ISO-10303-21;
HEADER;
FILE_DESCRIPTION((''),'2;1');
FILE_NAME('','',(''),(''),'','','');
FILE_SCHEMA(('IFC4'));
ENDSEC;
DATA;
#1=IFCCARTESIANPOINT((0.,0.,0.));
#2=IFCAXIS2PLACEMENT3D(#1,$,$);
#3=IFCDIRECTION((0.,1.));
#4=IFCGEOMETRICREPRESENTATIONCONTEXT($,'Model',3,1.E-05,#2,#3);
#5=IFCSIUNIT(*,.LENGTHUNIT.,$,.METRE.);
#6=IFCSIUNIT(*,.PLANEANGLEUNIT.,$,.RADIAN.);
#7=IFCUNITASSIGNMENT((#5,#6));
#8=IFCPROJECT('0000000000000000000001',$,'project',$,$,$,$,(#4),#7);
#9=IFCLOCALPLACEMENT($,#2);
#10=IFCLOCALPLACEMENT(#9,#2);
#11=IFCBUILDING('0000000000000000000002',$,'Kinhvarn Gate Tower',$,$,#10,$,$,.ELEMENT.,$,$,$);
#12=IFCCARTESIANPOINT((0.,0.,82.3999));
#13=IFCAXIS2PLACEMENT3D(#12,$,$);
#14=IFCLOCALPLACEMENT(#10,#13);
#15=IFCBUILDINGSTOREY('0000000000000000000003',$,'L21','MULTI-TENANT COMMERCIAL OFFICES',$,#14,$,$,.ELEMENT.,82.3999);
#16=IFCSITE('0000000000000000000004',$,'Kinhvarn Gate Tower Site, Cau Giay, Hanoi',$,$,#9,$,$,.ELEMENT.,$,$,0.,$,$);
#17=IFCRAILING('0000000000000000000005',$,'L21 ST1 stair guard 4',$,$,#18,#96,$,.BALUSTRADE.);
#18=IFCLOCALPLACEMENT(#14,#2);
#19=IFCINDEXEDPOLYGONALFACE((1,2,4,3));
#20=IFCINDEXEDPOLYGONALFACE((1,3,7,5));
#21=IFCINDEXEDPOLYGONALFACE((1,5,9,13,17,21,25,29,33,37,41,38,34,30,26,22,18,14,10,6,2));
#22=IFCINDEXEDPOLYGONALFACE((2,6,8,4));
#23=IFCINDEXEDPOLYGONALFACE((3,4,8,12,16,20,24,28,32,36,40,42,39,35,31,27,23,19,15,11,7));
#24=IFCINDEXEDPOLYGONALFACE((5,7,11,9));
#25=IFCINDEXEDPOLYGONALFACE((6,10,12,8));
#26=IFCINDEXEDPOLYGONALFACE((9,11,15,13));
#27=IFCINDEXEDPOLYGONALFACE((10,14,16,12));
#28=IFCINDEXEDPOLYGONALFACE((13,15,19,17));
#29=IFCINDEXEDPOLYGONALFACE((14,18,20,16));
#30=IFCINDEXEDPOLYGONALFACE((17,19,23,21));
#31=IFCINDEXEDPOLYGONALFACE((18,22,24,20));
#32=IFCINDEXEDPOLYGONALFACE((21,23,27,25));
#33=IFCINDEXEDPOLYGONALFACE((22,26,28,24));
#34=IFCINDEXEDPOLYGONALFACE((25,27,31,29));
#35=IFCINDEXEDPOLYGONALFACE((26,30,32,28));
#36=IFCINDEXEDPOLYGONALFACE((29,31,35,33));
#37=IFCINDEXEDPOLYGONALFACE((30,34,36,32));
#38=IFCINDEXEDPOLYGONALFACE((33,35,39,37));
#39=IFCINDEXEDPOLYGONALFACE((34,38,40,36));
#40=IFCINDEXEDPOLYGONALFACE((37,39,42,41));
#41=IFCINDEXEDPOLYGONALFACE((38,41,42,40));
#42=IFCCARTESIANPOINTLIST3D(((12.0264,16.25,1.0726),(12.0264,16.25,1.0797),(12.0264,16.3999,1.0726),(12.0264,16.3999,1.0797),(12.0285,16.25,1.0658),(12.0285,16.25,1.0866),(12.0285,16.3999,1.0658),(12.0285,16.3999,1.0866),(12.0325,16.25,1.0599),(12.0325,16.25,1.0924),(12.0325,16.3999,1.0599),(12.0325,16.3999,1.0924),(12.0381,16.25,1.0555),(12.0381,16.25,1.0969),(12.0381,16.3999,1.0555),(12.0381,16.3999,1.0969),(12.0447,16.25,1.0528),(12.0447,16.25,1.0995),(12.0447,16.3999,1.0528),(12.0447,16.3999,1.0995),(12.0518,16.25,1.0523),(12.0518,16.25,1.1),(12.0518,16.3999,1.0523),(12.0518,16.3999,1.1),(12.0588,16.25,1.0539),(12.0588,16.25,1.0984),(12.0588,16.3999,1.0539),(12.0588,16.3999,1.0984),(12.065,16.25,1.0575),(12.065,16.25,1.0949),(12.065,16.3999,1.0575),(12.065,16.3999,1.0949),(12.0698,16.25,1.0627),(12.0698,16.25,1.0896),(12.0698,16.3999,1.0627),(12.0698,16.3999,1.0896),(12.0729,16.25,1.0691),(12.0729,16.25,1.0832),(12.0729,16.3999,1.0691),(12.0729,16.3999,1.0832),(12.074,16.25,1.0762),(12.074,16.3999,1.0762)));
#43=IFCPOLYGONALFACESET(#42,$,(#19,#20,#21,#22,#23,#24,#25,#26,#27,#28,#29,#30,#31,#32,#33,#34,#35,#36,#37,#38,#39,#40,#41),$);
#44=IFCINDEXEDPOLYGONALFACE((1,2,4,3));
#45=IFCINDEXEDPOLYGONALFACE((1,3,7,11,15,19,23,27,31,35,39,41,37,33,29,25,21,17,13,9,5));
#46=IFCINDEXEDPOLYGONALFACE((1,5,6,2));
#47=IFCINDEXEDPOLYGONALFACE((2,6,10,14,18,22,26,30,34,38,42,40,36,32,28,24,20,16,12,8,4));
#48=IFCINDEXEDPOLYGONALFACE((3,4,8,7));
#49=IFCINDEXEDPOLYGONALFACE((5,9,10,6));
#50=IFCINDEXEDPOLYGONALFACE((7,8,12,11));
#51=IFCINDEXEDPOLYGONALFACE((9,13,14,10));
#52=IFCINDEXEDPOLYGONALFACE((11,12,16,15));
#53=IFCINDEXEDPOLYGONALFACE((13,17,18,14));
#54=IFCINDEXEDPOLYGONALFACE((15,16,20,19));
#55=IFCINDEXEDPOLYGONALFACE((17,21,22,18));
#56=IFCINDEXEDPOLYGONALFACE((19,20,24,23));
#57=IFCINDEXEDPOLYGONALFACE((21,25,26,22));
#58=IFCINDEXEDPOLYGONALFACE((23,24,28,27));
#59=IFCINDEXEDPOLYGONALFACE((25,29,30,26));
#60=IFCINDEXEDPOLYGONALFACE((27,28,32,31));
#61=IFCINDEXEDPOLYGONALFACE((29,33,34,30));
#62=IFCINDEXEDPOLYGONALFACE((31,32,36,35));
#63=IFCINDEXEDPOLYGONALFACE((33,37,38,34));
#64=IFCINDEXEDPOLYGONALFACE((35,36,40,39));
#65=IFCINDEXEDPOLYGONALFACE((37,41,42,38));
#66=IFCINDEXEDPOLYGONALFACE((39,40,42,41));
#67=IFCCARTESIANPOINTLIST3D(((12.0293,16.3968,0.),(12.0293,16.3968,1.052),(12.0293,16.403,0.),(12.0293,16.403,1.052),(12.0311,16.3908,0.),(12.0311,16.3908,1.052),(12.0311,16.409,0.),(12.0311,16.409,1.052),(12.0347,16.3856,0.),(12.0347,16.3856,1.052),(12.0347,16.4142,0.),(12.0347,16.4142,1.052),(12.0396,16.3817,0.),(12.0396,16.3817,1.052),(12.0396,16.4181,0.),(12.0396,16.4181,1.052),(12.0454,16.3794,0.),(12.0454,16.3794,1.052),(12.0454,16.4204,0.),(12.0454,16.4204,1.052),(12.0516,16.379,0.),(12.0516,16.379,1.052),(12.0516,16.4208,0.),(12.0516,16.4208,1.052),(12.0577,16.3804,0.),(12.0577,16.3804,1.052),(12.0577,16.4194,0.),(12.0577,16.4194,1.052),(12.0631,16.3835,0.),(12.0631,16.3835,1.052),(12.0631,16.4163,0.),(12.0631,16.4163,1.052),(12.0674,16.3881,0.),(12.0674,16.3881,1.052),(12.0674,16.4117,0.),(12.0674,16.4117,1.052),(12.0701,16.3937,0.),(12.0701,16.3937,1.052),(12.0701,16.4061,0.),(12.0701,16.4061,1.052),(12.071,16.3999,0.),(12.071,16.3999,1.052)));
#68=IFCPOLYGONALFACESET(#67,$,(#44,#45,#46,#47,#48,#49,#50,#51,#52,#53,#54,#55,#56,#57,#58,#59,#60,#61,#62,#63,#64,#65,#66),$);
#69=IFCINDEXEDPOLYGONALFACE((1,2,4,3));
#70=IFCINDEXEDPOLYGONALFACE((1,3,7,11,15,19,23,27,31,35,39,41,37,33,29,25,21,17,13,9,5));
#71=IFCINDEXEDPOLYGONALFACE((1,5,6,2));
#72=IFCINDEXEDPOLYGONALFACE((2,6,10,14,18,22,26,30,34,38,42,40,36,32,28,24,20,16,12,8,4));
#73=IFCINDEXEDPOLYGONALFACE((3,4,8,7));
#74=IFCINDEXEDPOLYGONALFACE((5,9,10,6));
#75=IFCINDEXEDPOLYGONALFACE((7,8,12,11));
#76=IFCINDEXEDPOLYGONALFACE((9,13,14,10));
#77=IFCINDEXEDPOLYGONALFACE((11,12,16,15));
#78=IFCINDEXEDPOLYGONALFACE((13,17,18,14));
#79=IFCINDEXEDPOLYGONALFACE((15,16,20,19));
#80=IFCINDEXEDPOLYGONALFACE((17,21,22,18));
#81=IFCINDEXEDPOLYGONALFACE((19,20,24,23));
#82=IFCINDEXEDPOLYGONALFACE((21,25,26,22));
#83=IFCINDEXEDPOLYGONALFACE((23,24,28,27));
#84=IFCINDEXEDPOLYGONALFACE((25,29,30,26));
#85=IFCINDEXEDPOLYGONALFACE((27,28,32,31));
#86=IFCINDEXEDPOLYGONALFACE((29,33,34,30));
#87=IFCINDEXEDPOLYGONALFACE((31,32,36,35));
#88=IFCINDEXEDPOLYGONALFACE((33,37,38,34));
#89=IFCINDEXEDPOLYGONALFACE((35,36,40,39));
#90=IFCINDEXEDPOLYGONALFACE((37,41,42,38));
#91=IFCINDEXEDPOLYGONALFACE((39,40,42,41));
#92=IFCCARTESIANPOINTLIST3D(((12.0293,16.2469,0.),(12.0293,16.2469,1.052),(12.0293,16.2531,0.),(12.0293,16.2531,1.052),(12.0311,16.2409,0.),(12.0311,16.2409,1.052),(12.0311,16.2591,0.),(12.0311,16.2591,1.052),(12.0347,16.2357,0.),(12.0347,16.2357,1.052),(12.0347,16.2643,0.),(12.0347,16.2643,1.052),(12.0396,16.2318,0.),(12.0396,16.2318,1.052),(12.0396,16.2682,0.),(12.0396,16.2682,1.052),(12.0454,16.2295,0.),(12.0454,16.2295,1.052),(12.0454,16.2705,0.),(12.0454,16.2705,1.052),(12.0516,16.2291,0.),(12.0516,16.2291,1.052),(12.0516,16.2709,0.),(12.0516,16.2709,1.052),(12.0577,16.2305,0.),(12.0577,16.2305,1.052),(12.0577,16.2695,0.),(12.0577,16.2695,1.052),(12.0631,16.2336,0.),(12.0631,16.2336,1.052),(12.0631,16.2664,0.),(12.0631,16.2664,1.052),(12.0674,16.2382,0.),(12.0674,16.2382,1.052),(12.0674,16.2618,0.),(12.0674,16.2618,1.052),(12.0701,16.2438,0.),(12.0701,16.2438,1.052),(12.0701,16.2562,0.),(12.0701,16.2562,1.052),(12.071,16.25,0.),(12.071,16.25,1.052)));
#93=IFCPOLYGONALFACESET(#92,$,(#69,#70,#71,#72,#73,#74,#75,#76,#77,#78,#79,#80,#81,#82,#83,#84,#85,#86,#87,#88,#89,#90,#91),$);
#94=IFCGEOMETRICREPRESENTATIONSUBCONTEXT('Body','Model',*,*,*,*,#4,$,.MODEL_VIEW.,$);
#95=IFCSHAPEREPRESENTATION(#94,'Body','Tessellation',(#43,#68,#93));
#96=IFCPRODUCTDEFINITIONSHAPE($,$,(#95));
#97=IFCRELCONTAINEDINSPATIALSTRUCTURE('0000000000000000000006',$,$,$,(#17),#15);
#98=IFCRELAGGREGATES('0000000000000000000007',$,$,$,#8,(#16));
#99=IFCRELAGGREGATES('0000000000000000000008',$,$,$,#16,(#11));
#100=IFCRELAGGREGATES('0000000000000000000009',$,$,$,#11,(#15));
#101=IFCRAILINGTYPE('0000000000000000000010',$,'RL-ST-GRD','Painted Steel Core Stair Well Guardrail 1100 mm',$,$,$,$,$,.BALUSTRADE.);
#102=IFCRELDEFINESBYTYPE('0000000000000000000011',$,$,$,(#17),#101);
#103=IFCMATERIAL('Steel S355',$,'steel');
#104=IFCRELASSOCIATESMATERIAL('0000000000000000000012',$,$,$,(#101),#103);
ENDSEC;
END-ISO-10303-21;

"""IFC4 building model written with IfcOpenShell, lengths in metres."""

from ifc_helpers import new_model, si_unit, direction, frame, origin, origin_2d, place, context, subcontext, project, spatial, circle, extrude, material, type_object, element, save


model = new_model("IFC4")

# Units and contexts
model_context = context("Model", 3, precision=1e-05, world=origin(), true_north=direction((0.0, 1.0)))
body_context = subcontext(model_context, "Body", "Model", "MODEL_VIEW")
ifc_project = project(units=[si_unit("LENGTHUNIT", "METRE"), si_unit("PLANEANGLEUNIT", "RADIAN")], contexts=[model_context])

# Site, building, storey
site_placement = place(None, origin())
site = spatial("IfcSite", under=ifc_project, at=site_placement, Name="Kinhvarn Gate Tower Site, Cau Giay, Hanoi", CompositionType="ELEMENT", RefElevation=0.0)
building_placement = place(site_placement, origin())
building = spatial("IfcBuilding", under=site, at=building_placement, Name="Kinhvarn Gate Tower", CompositionType="ELEMENT")
storey_placement = place(building_placement, frame((0.0, 0.0, 82.3999)))
storey = spatial("IfcBuildingStorey", under=building, at=storey_placement, Name="L21", Description="MULTI-TENANT COMMERCIAL OFFICES", CompositionType="ELEMENT", Elevation=82.3999)

# Shared definitions
ifc_material_1 = material(Name="Steel S355", Category="steel")

# Railing
railing_type_1 = type_object("IfcRailingType", Name="RL-ST-GRD", Description="Painted Steel Core Stair Well Guardrail 1100 mm", PredefinedType="BALUSTRADE", material=ifc_material_1)
railing_1_placement = place(storey_placement, frame((12.05, 16.3999, 0.0)))
element("IfcRailing", 1, at=railing_1_placement, inside=storey, type_object=railing_type_1, Name="L21 ST1 stair guard 4", PredefinedType="BALUSTRADE", context=body_context, shape_type="SweptSolid", body=[
    extrude(circle(Radius=0.0239, at=origin_2d()), frame((0.0, 0.0, 1.0762), z_axis=(0.0, -1.0, 0.0), x_axis=(1.0, 0.0, 0.0)), (0.0, 0.0, 1.0), 0.1499),
    extrude(circle(Radius=0.021, at=origin_2d()), origin(), (0.0, 0.0, 1.0), 1.052),
    extrude(circle(Radius=0.021, at=origin_2d()), frame((0.0, -0.1499, 0.0)), (0.0, 0.0, 1.0), 1.052),
])

save(model, "model.ifc")
